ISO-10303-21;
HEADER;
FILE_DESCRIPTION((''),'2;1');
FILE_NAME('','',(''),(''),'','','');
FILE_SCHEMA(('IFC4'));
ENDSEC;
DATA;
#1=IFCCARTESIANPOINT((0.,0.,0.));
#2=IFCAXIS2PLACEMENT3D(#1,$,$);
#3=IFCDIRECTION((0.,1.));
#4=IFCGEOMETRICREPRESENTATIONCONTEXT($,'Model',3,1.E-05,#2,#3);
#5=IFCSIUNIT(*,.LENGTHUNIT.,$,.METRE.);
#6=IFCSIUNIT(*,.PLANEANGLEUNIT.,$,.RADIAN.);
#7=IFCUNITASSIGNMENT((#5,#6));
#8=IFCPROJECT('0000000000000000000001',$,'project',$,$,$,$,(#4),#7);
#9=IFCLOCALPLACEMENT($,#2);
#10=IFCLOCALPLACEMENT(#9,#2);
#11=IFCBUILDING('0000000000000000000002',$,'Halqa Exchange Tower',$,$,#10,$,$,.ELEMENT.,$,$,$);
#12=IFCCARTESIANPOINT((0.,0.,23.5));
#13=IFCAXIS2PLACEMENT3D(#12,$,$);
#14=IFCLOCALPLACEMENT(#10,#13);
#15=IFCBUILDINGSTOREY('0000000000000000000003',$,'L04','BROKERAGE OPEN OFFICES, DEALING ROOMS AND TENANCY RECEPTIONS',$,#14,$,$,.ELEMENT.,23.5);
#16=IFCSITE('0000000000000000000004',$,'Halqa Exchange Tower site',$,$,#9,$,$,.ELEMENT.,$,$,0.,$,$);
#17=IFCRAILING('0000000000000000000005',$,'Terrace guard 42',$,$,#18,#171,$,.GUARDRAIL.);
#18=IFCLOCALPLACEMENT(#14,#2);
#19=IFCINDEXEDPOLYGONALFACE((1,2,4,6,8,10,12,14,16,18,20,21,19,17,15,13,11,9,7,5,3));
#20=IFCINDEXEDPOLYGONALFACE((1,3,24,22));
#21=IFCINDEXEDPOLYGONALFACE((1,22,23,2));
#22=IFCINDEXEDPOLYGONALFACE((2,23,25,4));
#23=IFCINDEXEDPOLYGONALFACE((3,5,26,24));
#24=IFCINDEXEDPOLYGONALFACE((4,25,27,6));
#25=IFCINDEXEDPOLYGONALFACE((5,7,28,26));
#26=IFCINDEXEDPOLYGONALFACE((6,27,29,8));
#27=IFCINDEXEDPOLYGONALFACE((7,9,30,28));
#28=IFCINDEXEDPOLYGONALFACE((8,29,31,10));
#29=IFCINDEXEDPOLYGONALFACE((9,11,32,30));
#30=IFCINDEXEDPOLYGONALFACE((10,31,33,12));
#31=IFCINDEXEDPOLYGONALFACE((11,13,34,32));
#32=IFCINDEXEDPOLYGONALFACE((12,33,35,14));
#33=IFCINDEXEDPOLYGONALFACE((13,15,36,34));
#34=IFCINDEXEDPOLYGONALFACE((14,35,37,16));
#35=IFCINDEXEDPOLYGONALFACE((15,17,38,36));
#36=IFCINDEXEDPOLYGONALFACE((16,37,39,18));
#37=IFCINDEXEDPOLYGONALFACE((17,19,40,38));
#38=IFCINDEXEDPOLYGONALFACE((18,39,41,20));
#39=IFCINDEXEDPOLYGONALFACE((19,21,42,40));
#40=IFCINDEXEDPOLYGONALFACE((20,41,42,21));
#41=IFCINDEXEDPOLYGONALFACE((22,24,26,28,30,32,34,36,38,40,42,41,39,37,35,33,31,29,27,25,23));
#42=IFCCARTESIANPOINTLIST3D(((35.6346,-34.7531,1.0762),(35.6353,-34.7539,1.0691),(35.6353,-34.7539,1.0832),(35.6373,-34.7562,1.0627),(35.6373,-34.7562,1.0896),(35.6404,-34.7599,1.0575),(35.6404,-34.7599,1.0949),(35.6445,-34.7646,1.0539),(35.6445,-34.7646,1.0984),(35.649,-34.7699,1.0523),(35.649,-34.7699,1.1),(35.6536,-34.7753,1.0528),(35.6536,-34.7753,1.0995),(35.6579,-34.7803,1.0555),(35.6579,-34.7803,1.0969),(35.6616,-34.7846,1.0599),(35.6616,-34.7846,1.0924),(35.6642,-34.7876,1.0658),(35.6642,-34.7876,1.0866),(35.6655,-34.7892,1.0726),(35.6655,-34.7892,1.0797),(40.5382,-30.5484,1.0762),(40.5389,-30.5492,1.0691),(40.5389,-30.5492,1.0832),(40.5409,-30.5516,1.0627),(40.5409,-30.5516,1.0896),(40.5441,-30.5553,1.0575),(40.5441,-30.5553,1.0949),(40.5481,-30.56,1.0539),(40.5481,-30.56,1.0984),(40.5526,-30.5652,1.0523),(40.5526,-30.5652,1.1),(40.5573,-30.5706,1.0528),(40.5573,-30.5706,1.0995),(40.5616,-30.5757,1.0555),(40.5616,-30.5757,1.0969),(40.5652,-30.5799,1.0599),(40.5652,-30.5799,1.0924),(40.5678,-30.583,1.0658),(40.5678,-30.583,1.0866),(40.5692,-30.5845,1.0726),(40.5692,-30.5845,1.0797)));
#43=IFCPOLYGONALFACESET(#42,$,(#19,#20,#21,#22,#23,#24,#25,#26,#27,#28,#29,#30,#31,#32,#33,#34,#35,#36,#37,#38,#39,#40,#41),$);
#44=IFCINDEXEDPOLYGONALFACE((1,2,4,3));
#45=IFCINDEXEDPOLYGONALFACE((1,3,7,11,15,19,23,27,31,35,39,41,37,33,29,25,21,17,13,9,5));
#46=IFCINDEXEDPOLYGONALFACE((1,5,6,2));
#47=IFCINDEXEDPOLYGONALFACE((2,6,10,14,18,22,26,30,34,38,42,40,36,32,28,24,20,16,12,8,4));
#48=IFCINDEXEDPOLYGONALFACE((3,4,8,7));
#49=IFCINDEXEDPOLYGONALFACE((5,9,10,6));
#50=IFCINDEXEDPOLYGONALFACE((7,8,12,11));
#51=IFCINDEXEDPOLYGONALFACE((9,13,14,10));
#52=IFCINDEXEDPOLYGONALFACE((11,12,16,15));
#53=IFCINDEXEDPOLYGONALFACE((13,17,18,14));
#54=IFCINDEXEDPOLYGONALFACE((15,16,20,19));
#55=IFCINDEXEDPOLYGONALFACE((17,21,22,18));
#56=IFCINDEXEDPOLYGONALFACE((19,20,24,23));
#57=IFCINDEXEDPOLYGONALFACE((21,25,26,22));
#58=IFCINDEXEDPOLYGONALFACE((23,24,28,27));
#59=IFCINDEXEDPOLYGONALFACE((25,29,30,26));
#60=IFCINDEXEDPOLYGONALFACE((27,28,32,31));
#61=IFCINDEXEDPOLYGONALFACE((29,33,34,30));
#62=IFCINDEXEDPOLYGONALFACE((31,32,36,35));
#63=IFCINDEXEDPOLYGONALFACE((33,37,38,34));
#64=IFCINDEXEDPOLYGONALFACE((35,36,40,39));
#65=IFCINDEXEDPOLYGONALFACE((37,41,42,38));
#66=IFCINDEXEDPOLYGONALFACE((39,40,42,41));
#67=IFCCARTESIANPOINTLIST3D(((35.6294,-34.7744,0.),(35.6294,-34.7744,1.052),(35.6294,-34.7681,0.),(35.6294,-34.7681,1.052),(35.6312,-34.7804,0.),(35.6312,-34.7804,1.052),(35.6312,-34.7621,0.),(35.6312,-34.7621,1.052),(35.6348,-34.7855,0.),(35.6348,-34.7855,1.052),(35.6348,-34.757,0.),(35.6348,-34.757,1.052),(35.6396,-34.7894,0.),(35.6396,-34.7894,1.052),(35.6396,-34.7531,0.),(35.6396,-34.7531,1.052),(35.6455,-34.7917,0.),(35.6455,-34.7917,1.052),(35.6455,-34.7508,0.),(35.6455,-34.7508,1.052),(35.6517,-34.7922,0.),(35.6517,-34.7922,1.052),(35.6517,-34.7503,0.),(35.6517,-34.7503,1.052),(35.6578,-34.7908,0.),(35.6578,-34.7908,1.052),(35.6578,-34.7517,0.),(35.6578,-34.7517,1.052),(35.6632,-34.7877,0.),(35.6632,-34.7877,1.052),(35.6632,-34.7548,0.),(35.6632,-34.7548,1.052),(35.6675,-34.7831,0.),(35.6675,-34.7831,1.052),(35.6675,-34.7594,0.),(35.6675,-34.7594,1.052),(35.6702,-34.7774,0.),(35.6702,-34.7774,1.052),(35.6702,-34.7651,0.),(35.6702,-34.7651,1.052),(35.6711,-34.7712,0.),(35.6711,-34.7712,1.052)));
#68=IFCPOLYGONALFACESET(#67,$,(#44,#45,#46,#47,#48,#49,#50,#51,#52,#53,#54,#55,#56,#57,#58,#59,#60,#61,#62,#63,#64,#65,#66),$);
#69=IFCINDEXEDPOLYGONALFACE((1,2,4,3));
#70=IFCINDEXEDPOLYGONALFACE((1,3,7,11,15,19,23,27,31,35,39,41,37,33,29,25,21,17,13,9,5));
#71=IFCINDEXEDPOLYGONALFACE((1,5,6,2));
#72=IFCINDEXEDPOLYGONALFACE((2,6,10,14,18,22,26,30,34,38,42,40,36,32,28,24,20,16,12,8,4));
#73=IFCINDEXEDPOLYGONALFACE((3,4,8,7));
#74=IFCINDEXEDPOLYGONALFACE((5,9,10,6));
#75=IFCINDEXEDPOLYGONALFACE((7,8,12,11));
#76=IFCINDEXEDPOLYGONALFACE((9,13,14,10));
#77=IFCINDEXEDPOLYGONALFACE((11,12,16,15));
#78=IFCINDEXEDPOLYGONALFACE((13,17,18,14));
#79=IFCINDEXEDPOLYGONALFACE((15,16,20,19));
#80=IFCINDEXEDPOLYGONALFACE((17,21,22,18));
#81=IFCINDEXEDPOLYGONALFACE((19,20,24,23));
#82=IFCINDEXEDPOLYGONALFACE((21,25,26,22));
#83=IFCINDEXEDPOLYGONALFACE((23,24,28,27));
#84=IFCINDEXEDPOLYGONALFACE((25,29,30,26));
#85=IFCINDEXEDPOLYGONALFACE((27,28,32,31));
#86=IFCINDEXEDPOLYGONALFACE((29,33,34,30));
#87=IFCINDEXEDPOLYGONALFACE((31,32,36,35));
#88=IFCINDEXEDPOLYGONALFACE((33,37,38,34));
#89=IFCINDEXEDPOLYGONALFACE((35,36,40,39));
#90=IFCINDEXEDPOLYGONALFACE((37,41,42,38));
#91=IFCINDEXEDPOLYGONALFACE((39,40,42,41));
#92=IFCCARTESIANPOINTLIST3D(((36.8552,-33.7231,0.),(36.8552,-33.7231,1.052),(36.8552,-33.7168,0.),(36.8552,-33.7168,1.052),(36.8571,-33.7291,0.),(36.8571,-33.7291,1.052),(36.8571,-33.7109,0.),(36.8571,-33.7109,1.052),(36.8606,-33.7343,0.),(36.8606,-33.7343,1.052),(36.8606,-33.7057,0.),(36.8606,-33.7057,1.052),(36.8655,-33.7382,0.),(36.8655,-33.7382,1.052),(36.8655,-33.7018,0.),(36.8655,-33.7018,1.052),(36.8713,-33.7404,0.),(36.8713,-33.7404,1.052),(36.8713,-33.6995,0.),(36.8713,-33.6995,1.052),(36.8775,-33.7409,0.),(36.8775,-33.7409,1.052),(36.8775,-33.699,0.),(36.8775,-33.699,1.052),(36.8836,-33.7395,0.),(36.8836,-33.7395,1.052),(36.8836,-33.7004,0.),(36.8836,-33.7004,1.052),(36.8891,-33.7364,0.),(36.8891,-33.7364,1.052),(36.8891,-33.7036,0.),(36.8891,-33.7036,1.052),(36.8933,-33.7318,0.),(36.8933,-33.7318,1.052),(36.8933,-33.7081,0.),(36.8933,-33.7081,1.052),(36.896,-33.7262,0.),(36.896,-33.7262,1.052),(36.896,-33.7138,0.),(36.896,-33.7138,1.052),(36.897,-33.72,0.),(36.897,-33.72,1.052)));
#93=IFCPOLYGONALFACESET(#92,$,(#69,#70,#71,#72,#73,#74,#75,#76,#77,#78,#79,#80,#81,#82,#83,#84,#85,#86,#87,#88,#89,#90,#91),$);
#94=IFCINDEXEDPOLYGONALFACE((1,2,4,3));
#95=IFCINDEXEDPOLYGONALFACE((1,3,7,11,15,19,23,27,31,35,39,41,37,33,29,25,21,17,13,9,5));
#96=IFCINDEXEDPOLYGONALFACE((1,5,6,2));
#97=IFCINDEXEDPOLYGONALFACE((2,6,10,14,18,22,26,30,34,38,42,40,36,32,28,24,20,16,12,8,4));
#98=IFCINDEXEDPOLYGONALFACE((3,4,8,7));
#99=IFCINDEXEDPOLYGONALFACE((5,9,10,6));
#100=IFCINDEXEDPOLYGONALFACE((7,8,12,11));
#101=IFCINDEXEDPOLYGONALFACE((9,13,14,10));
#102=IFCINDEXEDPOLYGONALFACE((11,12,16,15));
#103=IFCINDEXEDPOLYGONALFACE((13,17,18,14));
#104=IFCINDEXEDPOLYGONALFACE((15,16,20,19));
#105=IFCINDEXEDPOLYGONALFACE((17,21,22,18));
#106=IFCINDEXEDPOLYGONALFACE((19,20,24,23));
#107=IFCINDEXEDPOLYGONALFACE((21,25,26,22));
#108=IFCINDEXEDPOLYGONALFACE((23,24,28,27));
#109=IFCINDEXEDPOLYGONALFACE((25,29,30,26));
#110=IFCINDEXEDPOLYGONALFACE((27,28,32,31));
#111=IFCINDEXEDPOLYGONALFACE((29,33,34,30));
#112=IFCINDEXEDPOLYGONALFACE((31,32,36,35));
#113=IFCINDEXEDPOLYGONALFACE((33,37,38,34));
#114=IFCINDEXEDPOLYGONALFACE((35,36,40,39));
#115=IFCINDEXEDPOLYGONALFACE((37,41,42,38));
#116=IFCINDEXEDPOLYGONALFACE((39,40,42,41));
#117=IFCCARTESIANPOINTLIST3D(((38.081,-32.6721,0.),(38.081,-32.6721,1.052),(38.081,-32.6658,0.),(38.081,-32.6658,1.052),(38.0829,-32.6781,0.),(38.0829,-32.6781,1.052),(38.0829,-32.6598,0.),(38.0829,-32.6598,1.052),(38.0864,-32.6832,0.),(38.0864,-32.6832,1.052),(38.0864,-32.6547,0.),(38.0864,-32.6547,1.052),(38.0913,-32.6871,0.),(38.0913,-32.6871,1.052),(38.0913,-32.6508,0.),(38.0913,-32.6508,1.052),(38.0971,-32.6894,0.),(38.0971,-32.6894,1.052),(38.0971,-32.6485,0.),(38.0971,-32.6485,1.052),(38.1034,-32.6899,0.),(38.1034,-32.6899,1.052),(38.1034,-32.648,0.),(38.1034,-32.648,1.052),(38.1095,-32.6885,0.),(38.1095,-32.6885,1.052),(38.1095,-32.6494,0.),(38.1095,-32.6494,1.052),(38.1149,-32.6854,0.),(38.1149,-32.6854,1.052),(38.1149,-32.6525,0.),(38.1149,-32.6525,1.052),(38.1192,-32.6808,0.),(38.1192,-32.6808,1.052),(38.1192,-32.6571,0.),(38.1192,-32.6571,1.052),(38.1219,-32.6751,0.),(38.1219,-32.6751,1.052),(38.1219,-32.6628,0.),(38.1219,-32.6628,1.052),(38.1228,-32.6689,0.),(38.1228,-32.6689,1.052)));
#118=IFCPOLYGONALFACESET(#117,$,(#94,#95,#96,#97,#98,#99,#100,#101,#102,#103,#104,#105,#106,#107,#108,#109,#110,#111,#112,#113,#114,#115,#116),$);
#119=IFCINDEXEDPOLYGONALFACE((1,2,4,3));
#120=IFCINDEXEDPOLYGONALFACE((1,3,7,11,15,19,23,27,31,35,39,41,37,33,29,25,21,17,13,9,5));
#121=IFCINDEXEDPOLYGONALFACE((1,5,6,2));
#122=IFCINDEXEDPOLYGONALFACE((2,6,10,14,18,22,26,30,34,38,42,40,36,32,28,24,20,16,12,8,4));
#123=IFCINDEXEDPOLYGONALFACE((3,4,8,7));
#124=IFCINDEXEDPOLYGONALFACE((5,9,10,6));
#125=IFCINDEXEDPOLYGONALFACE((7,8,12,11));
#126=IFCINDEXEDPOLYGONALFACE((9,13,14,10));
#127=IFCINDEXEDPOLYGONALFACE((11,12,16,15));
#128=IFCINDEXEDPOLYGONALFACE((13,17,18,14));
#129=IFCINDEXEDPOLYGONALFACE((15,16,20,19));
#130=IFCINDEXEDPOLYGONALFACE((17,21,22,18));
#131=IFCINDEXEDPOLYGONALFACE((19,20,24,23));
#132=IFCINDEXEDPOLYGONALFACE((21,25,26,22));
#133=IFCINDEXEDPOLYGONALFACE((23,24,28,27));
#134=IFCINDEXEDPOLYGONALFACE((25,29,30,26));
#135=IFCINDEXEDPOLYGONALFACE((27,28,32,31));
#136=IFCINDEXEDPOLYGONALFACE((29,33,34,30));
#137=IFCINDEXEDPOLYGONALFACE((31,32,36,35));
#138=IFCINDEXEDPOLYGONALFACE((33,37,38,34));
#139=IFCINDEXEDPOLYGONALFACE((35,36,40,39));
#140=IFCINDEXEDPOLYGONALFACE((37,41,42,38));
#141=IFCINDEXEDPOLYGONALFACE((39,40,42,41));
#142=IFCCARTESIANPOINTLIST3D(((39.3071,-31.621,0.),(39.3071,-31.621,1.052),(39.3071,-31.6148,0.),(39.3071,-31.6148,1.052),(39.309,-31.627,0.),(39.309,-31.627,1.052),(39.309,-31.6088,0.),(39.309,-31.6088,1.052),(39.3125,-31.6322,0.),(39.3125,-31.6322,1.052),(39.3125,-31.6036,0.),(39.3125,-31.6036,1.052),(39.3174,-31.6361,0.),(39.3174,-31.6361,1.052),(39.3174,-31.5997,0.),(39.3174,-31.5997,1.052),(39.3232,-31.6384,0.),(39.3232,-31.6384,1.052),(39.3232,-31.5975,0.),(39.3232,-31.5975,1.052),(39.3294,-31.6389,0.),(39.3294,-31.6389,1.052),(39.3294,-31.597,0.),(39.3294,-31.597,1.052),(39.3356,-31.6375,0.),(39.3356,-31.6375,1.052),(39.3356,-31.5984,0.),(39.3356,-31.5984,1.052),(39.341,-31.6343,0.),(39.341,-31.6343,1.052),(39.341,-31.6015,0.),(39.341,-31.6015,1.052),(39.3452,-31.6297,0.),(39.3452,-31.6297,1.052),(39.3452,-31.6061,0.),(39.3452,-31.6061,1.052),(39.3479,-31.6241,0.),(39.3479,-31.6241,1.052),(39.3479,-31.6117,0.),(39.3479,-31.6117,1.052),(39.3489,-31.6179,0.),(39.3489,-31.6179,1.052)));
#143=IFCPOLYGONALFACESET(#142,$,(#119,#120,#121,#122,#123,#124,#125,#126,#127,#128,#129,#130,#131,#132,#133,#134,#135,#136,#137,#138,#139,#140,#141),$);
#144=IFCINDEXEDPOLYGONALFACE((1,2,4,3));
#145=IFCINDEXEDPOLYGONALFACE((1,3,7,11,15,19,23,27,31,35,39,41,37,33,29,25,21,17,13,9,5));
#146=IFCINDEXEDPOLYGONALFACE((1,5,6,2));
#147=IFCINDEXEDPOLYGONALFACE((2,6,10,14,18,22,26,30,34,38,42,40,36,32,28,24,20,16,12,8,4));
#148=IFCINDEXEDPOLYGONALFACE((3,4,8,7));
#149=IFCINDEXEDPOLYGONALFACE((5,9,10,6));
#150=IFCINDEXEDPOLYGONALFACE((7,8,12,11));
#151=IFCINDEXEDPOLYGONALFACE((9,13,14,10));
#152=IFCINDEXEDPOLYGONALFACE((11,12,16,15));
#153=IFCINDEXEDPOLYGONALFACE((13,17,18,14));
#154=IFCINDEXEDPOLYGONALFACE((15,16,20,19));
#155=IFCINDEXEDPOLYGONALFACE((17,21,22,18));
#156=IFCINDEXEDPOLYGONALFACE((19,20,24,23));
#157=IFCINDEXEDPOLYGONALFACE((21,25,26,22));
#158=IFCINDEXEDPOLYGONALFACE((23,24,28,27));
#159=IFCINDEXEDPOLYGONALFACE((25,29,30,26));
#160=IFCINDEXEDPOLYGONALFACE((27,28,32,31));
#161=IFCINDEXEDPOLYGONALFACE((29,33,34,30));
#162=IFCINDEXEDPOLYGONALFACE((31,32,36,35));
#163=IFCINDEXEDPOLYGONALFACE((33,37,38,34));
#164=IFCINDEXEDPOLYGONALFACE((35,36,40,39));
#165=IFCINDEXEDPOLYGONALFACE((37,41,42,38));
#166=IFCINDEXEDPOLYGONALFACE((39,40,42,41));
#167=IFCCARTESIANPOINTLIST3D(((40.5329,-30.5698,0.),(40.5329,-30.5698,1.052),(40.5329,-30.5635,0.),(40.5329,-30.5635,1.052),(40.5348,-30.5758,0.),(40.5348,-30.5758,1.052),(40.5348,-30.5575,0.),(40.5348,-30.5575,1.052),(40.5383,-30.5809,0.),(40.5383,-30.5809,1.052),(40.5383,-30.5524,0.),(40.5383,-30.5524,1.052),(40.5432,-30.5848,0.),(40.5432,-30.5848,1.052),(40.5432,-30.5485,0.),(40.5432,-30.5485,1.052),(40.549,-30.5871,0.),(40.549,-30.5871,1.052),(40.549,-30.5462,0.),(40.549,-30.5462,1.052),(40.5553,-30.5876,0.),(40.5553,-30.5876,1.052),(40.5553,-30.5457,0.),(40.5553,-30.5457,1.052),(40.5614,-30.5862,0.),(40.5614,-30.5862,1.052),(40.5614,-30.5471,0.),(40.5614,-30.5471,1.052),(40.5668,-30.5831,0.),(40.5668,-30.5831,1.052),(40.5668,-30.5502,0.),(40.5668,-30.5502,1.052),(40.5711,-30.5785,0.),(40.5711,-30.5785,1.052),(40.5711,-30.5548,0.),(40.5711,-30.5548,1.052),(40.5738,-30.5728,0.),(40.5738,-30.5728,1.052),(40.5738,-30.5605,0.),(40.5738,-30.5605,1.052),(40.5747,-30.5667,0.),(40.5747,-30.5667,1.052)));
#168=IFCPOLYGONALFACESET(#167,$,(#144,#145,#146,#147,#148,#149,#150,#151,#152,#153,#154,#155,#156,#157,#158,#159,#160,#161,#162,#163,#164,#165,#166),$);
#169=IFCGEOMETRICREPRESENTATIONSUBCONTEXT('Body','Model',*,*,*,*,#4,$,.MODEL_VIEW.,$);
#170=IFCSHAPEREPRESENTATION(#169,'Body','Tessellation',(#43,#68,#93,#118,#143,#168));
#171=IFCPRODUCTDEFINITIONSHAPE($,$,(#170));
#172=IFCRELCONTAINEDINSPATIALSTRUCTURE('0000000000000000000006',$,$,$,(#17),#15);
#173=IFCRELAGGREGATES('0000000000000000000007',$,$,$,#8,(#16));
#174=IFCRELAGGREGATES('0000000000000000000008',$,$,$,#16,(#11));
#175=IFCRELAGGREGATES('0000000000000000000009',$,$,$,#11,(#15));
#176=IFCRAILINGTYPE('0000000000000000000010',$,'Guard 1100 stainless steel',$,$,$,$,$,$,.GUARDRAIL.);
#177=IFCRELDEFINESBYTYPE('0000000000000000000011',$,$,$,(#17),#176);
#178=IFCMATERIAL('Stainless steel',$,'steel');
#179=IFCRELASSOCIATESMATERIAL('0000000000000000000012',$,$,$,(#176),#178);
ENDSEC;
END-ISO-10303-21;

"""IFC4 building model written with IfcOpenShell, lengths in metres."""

from ifc_helpers import new_model, si_unit, direction, frame, origin, origin_2d, place, context, subcontext, project, spatial, circle, extrude, material, type_object, element, save


model = new_model("IFC4")

# Units and contexts
model_context = context("Model", 3, precision=1e-05, world=origin(), true_north=direction((0.0, 1.0)))
body_context = subcontext(model_context, "Body", "Model", "MODEL_VIEW")
ifc_project = project(units=[si_unit("LENGTHUNIT", "METRE"), si_unit("PLANEANGLEUNIT", "RADIAN")], contexts=[model_context])

# Site, building, storey
site_placement = place(None, origin())
site = spatial("IfcSite", under=ifc_project, at=site_placement, Name="Halqa Exchange Tower site", CompositionType="ELEMENT", RefElevation=0.0)
building_placement = place(site_placement, origin())
building = spatial("IfcBuilding", under=site, at=building_placement, Name="Halqa Exchange Tower", CompositionType="ELEMENT")
storey_placement = place(building_placement, frame((0.0, 0.0, 23.5)))
storey = spatial("IfcBuildingStorey", under=building, at=storey_placement, Name="L04", Description="BROKERAGE OPEN OFFICES, DEALING ROOMS AND TENANCY RECEPTIONS", CompositionType="ELEMENT", Elevation=23.5)

# Railing
ifc_material_1 = material(Name="Stainless steel", Category="steel")
railing_type = type_object("IfcRailingType", Name="Guard 1100 stainless steel", PredefinedType="GUARDRAIL", material=ifc_material_1)
railing_1_placement = place(storey_placement, frame((35.6501, -34.7712, 0.0)))
element("IfcRailing", 1, at=railing_1_placement, inside=storey, type_object=railing_type, Name="Terrace guard 42", PredefinedType="GUARDRAIL", context=body_context, shape_type="SweptSolid", body=[
    extrude(circle(Radius=0.0239, at=origin_2d()), frame((0.0, 0.0, 1.0762), z_axis=(0.759139, 0.650928, 0.0), x_axis=(-0.650928, 0.759139, 0.0)), (0.0, 0.0, 1.0), 6.4595),
    extrude(circle(Radius=0.021, at=origin_2d()), origin(), (0.0, 0.0, 1.0), 1.052),
    extrude(circle(Radius=0.021, at=origin_2d()), frame((1.2258, 1.0513, 0.0)), (0.0, 0.0, 1.0), 1.052),
    extrude(circle(Radius=0.021, at=origin_2d()), frame((2.4517, 2.1023, 0.0)), (0.0, 0.0, 1.0), 1.052),
    extrude(circle(Radius=0.021, at=origin_2d()), frame((3.6777, 3.1533, 0.0)), (0.0, 0.0, 1.0), 1.052),
    extrude(circle(Radius=0.021, at=origin_2d()), frame((4.9036, 4.2046, 0.0)), (0.0, 0.0, 1.0), 1.052),
])

save(model, "model.ifc")
